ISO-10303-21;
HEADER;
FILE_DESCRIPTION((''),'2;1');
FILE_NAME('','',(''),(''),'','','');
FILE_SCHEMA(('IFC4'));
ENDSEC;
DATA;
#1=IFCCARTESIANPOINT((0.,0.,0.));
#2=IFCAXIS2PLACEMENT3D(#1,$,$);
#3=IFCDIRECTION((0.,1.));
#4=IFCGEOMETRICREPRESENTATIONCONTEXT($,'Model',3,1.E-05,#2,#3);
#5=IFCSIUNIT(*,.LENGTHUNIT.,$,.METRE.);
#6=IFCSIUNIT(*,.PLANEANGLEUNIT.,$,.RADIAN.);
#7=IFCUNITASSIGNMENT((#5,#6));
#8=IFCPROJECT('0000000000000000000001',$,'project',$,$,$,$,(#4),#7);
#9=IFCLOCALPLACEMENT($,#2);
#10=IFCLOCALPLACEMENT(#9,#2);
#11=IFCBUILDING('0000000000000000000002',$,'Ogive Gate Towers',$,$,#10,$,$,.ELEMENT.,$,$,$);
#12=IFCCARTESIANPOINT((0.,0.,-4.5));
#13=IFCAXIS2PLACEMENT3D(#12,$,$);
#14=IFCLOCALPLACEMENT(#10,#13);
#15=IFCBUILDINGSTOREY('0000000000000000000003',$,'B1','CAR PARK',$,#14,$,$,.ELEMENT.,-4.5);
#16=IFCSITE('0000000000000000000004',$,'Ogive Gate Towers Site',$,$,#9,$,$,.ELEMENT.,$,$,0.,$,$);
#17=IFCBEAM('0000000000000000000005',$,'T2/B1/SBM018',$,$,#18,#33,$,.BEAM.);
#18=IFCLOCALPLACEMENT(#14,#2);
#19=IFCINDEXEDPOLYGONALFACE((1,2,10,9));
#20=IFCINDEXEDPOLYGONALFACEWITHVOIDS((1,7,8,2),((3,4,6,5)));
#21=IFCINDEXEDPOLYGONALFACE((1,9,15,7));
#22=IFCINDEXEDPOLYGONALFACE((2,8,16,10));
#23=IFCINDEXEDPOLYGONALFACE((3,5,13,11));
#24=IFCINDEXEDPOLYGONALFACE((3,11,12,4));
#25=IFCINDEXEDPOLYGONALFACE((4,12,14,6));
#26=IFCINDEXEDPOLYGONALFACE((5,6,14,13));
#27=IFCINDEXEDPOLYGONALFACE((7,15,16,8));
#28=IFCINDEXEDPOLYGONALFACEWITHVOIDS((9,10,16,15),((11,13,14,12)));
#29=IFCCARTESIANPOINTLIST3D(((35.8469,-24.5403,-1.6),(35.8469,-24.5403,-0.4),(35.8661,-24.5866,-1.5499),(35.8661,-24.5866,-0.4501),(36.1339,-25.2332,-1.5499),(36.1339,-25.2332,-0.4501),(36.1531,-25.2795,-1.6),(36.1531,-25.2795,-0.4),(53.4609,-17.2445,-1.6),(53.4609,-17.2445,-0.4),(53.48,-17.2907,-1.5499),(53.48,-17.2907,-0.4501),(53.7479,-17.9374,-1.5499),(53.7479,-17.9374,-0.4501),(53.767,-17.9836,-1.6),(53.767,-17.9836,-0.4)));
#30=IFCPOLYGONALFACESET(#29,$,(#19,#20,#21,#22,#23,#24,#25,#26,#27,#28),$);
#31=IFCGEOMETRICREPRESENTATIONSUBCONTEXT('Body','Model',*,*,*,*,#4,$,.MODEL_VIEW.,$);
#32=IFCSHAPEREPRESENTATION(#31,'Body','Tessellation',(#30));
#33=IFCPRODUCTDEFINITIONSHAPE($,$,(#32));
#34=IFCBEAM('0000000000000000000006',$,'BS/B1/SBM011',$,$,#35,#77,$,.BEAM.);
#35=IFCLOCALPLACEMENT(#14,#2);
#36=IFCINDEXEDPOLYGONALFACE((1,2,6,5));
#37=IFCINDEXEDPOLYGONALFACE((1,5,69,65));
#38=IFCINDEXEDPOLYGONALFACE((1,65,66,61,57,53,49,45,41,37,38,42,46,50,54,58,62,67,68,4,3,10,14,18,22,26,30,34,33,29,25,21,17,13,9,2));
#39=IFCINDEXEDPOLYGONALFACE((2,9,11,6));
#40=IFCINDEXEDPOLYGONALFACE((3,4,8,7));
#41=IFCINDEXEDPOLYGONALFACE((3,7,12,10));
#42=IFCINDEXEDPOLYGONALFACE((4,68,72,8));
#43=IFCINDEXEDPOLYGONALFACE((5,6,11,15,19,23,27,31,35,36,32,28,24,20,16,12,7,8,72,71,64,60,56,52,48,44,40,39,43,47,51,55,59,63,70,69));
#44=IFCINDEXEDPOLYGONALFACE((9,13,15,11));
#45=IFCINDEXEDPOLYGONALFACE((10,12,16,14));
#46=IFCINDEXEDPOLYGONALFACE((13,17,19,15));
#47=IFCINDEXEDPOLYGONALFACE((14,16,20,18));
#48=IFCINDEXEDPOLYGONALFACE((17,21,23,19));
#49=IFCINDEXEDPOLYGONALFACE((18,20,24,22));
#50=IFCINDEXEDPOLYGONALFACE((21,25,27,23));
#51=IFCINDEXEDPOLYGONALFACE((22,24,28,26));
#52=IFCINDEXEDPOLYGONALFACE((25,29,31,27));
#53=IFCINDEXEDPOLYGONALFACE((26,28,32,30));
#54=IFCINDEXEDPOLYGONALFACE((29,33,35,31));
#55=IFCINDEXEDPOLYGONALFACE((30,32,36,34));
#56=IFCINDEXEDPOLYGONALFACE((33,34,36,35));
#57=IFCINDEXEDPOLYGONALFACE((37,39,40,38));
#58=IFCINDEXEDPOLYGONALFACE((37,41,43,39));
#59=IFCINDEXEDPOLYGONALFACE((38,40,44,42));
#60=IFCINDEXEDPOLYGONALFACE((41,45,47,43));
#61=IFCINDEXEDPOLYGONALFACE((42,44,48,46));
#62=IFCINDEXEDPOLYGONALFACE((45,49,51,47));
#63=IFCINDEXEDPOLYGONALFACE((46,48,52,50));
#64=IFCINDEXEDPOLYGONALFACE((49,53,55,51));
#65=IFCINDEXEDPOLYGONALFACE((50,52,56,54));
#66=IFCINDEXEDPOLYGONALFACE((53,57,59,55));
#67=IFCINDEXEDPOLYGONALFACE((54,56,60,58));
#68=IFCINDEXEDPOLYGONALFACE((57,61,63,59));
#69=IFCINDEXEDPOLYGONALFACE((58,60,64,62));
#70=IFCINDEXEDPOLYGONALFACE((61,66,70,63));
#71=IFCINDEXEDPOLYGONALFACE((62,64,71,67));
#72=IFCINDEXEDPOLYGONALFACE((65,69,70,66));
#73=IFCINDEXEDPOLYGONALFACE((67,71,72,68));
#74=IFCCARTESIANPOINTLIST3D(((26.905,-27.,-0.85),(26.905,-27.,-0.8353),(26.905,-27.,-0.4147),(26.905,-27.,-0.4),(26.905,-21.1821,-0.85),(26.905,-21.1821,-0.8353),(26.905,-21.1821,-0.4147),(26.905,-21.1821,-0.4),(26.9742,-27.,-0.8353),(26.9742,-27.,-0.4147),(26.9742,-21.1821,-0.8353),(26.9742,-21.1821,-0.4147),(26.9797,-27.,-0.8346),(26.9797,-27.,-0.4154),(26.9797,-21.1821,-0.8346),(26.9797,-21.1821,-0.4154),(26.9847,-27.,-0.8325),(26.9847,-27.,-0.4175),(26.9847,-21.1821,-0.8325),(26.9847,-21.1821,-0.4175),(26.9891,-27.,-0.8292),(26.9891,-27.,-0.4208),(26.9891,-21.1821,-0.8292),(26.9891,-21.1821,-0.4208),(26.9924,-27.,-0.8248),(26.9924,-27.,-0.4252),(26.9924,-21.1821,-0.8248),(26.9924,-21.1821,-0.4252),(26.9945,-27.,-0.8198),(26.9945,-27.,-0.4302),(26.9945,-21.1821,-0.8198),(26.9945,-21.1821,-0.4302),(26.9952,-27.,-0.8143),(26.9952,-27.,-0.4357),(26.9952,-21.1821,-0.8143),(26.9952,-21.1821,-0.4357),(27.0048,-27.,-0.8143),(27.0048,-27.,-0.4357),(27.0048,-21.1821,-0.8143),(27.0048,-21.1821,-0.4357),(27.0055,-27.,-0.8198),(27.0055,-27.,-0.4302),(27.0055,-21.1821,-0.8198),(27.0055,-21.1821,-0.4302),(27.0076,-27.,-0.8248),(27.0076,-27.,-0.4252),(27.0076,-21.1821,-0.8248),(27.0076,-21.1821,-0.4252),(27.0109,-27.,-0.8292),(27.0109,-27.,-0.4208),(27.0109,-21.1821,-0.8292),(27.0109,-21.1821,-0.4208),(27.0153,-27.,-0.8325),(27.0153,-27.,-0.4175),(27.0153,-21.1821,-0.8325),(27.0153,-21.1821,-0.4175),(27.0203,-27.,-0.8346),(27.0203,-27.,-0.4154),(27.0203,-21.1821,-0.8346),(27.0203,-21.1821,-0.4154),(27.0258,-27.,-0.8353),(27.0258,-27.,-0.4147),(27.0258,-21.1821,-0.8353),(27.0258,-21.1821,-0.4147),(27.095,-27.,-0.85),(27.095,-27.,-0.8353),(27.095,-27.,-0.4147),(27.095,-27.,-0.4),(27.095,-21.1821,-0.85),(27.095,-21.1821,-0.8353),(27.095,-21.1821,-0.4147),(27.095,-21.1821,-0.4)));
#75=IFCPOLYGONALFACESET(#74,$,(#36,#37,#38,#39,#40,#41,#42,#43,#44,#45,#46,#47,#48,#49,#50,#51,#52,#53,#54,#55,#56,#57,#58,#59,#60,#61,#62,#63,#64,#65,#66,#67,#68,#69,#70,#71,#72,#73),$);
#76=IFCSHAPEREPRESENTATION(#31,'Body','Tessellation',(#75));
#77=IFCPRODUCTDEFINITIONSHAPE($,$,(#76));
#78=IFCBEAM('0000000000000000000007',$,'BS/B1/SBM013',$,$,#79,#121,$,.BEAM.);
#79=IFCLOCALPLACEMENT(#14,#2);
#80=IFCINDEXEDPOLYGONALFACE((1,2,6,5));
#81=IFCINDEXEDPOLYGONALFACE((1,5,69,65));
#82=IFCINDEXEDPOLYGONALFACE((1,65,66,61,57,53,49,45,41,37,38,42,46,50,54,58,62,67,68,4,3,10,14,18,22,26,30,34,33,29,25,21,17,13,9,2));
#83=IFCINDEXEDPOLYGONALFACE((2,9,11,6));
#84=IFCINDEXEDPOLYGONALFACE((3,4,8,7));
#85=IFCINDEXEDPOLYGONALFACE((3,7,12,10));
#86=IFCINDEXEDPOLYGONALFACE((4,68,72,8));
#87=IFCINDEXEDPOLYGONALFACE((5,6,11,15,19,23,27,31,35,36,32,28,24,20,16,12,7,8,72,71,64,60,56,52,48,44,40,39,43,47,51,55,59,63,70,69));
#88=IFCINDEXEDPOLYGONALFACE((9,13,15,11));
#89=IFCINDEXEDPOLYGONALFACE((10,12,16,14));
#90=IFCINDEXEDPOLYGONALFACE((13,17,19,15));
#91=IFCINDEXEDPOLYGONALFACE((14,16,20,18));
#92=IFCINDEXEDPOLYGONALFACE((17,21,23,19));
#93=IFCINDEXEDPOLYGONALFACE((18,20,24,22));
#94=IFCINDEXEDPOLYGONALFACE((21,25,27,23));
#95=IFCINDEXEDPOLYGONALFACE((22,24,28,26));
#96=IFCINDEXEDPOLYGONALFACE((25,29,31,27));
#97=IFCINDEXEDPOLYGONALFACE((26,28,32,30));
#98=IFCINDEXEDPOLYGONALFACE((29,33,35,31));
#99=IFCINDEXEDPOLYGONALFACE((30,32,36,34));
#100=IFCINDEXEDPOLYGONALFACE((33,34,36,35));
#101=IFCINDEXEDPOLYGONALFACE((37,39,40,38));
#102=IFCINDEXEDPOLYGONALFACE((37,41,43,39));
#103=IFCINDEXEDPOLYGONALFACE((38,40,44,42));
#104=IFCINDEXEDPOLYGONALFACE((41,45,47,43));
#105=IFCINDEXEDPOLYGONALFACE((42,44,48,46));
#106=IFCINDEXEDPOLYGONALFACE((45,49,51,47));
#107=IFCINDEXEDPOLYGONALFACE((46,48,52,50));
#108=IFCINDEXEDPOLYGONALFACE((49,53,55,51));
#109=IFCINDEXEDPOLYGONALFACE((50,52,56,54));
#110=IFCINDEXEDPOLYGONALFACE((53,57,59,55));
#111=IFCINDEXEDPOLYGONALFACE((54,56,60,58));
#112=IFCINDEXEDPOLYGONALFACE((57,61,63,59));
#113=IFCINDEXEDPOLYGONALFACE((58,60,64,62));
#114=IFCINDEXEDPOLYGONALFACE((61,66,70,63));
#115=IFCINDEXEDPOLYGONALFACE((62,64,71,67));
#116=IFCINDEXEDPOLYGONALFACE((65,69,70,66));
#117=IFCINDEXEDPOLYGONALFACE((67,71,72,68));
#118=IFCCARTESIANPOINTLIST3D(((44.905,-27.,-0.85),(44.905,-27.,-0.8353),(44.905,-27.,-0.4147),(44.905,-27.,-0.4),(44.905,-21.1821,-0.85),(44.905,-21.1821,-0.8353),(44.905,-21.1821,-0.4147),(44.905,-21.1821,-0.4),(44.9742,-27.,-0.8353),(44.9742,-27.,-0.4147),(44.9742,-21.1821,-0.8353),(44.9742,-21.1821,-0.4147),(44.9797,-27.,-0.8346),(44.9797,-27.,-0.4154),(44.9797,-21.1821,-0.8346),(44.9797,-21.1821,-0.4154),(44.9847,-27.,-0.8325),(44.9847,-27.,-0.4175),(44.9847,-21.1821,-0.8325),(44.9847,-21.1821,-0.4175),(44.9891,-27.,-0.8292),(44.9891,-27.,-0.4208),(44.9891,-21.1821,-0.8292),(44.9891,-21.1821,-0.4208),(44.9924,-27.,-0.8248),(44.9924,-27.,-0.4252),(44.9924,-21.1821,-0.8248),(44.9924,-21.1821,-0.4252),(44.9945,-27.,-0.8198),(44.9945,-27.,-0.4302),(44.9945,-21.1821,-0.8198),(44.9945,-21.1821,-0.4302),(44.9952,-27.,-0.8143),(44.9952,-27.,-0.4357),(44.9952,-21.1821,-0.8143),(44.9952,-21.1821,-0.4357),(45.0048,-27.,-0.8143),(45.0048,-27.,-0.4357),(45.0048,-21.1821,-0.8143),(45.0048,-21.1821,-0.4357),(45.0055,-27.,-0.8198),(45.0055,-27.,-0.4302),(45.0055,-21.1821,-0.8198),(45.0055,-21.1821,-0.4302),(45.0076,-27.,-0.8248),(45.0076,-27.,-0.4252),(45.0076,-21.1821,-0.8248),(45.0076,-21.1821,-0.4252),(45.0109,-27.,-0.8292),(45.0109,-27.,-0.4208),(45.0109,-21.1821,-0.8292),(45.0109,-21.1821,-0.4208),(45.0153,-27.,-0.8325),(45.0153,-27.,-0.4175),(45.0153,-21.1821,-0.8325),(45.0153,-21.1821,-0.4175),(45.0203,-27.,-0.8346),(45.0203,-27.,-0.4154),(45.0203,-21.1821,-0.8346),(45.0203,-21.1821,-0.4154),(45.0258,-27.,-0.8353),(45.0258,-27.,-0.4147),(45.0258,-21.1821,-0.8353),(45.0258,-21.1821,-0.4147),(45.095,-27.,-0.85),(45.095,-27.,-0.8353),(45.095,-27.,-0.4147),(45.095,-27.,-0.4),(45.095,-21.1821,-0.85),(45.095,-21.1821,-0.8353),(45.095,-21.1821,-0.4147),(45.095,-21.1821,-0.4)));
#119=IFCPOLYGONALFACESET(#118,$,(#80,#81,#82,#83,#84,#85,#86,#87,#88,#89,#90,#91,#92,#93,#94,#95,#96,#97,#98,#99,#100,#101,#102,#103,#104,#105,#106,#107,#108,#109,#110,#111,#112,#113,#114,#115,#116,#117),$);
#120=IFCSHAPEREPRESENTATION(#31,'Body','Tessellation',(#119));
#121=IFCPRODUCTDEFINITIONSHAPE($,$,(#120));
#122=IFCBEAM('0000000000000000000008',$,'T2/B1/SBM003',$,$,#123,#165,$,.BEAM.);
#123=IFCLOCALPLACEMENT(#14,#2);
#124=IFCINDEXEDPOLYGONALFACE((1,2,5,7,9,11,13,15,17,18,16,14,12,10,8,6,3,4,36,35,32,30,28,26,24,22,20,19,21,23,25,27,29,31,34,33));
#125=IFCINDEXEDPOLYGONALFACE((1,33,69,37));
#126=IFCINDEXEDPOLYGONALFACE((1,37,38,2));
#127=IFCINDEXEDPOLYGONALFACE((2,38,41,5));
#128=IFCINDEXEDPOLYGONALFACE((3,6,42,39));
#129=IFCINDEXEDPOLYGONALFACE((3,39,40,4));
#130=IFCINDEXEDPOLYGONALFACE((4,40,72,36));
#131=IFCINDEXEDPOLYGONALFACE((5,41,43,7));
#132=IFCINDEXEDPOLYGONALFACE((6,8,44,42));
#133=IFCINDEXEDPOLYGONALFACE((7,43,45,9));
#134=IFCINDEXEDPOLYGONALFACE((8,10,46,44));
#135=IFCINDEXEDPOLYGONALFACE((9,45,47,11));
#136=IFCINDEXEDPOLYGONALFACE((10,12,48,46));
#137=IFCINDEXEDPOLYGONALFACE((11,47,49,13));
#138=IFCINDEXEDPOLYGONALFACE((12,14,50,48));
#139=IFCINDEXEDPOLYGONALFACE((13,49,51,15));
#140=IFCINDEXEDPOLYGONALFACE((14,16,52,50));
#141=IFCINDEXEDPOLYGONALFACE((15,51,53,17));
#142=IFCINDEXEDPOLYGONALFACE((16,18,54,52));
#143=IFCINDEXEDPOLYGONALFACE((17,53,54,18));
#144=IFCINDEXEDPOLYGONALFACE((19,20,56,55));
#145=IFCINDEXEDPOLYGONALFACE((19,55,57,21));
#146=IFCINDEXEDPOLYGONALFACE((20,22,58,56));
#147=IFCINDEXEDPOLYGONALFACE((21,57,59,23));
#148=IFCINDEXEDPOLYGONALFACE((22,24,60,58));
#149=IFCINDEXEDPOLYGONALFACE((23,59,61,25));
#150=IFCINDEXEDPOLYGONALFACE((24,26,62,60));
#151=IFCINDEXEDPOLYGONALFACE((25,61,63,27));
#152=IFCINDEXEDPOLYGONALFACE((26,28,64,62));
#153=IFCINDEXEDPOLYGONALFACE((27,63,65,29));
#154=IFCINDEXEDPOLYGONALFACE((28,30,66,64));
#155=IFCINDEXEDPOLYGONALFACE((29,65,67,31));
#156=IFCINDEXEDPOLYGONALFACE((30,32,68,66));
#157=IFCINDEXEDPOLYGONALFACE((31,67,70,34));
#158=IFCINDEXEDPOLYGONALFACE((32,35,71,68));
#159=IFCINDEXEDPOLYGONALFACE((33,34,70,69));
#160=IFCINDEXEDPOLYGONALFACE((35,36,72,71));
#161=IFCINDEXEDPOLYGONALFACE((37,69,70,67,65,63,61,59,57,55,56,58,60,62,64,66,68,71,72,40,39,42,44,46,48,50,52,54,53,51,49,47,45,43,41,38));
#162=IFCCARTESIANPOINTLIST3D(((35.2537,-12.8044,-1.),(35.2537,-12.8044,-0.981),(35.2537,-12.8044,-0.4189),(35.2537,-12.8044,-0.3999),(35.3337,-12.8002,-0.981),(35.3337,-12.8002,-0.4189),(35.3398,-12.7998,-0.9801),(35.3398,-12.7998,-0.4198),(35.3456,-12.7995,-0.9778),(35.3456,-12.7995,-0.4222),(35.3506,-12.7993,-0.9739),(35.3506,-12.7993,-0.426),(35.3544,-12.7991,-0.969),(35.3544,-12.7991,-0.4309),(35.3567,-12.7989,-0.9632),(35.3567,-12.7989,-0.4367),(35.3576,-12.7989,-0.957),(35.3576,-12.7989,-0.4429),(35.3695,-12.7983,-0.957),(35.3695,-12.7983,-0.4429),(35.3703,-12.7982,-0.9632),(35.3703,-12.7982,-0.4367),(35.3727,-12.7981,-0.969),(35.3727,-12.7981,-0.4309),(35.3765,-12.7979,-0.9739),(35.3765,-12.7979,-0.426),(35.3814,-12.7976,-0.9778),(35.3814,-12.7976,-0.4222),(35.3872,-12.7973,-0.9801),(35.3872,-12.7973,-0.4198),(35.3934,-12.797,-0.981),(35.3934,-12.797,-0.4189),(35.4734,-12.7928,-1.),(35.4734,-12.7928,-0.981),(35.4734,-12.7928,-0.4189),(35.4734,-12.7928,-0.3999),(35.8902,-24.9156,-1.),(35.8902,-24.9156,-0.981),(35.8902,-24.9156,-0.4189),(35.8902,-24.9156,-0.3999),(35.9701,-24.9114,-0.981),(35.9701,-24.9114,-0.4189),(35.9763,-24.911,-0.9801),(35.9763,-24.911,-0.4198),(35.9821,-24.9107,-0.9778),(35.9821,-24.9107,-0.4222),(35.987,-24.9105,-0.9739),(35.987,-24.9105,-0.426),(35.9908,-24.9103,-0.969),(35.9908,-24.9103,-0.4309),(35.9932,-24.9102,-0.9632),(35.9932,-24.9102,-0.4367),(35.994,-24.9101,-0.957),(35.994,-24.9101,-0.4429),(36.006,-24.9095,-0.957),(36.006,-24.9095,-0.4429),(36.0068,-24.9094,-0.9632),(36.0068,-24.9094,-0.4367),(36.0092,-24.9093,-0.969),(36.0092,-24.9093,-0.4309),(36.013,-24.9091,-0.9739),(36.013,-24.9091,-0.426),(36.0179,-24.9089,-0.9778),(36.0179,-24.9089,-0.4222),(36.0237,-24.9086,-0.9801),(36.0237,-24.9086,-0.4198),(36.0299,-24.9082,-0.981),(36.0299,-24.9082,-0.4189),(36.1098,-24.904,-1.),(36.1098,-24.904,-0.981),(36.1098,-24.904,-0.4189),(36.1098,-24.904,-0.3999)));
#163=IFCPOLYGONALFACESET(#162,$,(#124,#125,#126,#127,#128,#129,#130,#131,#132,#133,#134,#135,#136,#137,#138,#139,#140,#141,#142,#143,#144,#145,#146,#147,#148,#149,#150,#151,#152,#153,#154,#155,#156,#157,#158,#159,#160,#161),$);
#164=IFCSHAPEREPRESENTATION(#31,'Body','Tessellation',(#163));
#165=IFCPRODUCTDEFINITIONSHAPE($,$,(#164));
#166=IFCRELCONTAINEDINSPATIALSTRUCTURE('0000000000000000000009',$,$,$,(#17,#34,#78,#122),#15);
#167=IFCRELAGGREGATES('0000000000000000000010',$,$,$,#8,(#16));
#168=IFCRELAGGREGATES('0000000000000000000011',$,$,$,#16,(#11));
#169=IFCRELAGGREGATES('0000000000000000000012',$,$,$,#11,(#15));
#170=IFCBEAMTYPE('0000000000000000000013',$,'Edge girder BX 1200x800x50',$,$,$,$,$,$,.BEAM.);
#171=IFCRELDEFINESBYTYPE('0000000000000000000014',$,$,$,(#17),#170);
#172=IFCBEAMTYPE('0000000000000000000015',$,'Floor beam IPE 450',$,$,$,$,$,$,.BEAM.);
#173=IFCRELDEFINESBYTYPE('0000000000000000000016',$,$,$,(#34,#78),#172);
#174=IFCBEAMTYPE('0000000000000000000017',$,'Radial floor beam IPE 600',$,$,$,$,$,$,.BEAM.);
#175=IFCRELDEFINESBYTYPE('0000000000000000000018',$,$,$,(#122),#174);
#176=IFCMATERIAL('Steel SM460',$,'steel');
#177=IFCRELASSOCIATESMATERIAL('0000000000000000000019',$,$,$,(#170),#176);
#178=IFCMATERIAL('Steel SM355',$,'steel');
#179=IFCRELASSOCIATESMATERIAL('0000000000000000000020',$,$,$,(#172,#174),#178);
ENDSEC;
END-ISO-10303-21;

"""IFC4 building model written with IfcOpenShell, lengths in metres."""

from ifc_helpers import new_model, si_unit, direction, frame, origin, origin_2d, place, context, subcontext, project, spatial, hollow_rectangle, i_section, extrude, material, material_profile, profile_set, type_object, element, save


model = new_model("IFC4")

# Units and contexts
model_context = context("Model", 3, precision=1e-05, world=origin(), true_north=direction((0.0, 1.0)))
body_context = subcontext(model_context, "Body", "Model", "MODEL_VIEW")
ifc_project = project(units=[si_unit("LENGTHUNIT", "METRE"), si_unit("PLANEANGLEUNIT", "RADIAN")], contexts=[model_context])

# Site, building, storey
site_placement = place(None, origin())
site = spatial("IfcSite", under=ifc_project, at=site_placement, Name="Ogive Gate Towers Site", CompositionType="ELEMENT", RefElevation=0.0)
building_placement = place(site_placement, origin())
building = spatial("IfcBuilding", under=site, at=building_placement, Name="Ogive Gate Towers", CompositionType="ELEMENT")
storey_placement = place(building_placement, frame((0.0, 0.0, -4.5)))
storey = spatial("IfcBuildingStorey", under=building, at=storey_placement, Name="B1", Description="CAR PARK", CompositionType="ELEMENT", Elevation=-4.5)

# Beams
ifc_material_1 = material(Name="Steel SM460", Category="steel")
ifc_material_profile_1 = material_profile(ifc_material_1, hollow_rectangle(XDim=0.8, YDim=1.2, WallThickness=0.05, at=origin_2d()), Name="BX 1200x800x50")
ifc_profile_set_1 = profile_set([ifc_material_profile_1], Name="Steel SM460")
beam_type_1 = type_object("IfcBeamType", Name="Edge girder BX 1200x800x50", PredefinedType="BEAM", material=ifc_profile_set_1)
for number, where, z_axis, x_axis, name in (
    (1, (36.0, -24.9099, -1.0), (0.923881, 0.382681, 0.0), (-0.382681, 0.923881, 0.0), "T2/B1/SBM018"),
):
    element("IfcBeam", number, at=place(storey_placement, frame(where, z_axis=z_axis, x_axis=x_axis)), inside=storey, type_object=beam_type_1, Name=name, PredefinedType="BEAM", context=body_context, shape_type="SweptSolid", body=[
        extrude(hollow_rectangle(XDim=0.8, YDim=1.2, WallThickness=0.05, at=origin_2d()), origin(), (0.0, 0.0, 1.0), 19.0652),
    ])
ifc_material_2 = material(Name="Steel SM355", Category="steel")
ifc_material_profile_2 = material_profile(ifc_material_2, i_section(OverallWidth=0.1899, OverallDepth=0.45, WebThickness=0.0095, FlangeThickness=0.0146, FilletRadius=0.021, at=origin_2d()), Name="IPE 450")
ifc_profile_set_2 = profile_set([ifc_material_profile_2], Name="Steel SM355")
beam_type_2 = type_object("IfcBeamType", Name="Floor beam IPE 450", PredefinedType="BEAM", material=ifc_profile_set_2)
for number, where, z_axis, x_axis, name in (
    (2, (27.0, -27.0, -0.625), (0.0, 1.0, 0.0), (-1.0, 0.0, 0.0), "BS/B1/SBM011"),
    (3, (45.0, -27.0, -0.625), (0.0, 1.0, 0.0), (-1.0, 0.0, 0.0), "BS/B1/SBM013"),
):
    element("IfcBeam", number, at=place(storey_placement, frame(where, z_axis=z_axis, x_axis=x_axis)), inside=storey, type_object=beam_type_2, Name=name, PredefinedType="BEAM", context=body_context, shape_type="SweptSolid", body=[
        extrude(i_section(OverallWidth=0.1899, OverallDepth=0.45, WebThickness=0.0095, FlangeThickness=0.0146, FilletRadius=0.021, at=origin_2d()), origin(), (0.0, 0.0, 1.0), 5.8179),
    ])
ifc_material_profile_3 = material_profile(ifc_material_2, i_section(OverallWidth=0.22, OverallDepth=0.6001, WebThickness=0.012, FlangeThickness=0.019, FilletRadius=0.0239, at=origin_2d()), Name="IPE 600")
ifc_profile_set_3 = profile_set([ifc_material_profile_3], Name="Steel SM355")
beam_type_3 = type_object("IfcBeamType", Name="Radial floor beam IPE 600", PredefinedType="BEAM", material=ifc_profile_set_3)
beam_placement = place(storey_placement, frame((35.3635, -12.7986, -0.7), z_axis=(0.05248, -0.998622, 0.0), x_axis=(0.998622, 0.05248, 0.0)))
element("IfcBeam", 4, at=beam_placement, inside=storey, type_object=beam_type_3, Name="T2/B1/SBM003", PredefinedType="BEAM", context=body_context, shape_type="SweptSolid", body=[
    extrude(i_section(OverallWidth=0.22, OverallDepth=0.6001, WebThickness=0.012, FlangeThickness=0.019, FilletRadius=0.0239, at=origin_2d()), origin(), (0.0, 0.0, 1.0), 12.1279),
])

save(model, "model.ifc")
